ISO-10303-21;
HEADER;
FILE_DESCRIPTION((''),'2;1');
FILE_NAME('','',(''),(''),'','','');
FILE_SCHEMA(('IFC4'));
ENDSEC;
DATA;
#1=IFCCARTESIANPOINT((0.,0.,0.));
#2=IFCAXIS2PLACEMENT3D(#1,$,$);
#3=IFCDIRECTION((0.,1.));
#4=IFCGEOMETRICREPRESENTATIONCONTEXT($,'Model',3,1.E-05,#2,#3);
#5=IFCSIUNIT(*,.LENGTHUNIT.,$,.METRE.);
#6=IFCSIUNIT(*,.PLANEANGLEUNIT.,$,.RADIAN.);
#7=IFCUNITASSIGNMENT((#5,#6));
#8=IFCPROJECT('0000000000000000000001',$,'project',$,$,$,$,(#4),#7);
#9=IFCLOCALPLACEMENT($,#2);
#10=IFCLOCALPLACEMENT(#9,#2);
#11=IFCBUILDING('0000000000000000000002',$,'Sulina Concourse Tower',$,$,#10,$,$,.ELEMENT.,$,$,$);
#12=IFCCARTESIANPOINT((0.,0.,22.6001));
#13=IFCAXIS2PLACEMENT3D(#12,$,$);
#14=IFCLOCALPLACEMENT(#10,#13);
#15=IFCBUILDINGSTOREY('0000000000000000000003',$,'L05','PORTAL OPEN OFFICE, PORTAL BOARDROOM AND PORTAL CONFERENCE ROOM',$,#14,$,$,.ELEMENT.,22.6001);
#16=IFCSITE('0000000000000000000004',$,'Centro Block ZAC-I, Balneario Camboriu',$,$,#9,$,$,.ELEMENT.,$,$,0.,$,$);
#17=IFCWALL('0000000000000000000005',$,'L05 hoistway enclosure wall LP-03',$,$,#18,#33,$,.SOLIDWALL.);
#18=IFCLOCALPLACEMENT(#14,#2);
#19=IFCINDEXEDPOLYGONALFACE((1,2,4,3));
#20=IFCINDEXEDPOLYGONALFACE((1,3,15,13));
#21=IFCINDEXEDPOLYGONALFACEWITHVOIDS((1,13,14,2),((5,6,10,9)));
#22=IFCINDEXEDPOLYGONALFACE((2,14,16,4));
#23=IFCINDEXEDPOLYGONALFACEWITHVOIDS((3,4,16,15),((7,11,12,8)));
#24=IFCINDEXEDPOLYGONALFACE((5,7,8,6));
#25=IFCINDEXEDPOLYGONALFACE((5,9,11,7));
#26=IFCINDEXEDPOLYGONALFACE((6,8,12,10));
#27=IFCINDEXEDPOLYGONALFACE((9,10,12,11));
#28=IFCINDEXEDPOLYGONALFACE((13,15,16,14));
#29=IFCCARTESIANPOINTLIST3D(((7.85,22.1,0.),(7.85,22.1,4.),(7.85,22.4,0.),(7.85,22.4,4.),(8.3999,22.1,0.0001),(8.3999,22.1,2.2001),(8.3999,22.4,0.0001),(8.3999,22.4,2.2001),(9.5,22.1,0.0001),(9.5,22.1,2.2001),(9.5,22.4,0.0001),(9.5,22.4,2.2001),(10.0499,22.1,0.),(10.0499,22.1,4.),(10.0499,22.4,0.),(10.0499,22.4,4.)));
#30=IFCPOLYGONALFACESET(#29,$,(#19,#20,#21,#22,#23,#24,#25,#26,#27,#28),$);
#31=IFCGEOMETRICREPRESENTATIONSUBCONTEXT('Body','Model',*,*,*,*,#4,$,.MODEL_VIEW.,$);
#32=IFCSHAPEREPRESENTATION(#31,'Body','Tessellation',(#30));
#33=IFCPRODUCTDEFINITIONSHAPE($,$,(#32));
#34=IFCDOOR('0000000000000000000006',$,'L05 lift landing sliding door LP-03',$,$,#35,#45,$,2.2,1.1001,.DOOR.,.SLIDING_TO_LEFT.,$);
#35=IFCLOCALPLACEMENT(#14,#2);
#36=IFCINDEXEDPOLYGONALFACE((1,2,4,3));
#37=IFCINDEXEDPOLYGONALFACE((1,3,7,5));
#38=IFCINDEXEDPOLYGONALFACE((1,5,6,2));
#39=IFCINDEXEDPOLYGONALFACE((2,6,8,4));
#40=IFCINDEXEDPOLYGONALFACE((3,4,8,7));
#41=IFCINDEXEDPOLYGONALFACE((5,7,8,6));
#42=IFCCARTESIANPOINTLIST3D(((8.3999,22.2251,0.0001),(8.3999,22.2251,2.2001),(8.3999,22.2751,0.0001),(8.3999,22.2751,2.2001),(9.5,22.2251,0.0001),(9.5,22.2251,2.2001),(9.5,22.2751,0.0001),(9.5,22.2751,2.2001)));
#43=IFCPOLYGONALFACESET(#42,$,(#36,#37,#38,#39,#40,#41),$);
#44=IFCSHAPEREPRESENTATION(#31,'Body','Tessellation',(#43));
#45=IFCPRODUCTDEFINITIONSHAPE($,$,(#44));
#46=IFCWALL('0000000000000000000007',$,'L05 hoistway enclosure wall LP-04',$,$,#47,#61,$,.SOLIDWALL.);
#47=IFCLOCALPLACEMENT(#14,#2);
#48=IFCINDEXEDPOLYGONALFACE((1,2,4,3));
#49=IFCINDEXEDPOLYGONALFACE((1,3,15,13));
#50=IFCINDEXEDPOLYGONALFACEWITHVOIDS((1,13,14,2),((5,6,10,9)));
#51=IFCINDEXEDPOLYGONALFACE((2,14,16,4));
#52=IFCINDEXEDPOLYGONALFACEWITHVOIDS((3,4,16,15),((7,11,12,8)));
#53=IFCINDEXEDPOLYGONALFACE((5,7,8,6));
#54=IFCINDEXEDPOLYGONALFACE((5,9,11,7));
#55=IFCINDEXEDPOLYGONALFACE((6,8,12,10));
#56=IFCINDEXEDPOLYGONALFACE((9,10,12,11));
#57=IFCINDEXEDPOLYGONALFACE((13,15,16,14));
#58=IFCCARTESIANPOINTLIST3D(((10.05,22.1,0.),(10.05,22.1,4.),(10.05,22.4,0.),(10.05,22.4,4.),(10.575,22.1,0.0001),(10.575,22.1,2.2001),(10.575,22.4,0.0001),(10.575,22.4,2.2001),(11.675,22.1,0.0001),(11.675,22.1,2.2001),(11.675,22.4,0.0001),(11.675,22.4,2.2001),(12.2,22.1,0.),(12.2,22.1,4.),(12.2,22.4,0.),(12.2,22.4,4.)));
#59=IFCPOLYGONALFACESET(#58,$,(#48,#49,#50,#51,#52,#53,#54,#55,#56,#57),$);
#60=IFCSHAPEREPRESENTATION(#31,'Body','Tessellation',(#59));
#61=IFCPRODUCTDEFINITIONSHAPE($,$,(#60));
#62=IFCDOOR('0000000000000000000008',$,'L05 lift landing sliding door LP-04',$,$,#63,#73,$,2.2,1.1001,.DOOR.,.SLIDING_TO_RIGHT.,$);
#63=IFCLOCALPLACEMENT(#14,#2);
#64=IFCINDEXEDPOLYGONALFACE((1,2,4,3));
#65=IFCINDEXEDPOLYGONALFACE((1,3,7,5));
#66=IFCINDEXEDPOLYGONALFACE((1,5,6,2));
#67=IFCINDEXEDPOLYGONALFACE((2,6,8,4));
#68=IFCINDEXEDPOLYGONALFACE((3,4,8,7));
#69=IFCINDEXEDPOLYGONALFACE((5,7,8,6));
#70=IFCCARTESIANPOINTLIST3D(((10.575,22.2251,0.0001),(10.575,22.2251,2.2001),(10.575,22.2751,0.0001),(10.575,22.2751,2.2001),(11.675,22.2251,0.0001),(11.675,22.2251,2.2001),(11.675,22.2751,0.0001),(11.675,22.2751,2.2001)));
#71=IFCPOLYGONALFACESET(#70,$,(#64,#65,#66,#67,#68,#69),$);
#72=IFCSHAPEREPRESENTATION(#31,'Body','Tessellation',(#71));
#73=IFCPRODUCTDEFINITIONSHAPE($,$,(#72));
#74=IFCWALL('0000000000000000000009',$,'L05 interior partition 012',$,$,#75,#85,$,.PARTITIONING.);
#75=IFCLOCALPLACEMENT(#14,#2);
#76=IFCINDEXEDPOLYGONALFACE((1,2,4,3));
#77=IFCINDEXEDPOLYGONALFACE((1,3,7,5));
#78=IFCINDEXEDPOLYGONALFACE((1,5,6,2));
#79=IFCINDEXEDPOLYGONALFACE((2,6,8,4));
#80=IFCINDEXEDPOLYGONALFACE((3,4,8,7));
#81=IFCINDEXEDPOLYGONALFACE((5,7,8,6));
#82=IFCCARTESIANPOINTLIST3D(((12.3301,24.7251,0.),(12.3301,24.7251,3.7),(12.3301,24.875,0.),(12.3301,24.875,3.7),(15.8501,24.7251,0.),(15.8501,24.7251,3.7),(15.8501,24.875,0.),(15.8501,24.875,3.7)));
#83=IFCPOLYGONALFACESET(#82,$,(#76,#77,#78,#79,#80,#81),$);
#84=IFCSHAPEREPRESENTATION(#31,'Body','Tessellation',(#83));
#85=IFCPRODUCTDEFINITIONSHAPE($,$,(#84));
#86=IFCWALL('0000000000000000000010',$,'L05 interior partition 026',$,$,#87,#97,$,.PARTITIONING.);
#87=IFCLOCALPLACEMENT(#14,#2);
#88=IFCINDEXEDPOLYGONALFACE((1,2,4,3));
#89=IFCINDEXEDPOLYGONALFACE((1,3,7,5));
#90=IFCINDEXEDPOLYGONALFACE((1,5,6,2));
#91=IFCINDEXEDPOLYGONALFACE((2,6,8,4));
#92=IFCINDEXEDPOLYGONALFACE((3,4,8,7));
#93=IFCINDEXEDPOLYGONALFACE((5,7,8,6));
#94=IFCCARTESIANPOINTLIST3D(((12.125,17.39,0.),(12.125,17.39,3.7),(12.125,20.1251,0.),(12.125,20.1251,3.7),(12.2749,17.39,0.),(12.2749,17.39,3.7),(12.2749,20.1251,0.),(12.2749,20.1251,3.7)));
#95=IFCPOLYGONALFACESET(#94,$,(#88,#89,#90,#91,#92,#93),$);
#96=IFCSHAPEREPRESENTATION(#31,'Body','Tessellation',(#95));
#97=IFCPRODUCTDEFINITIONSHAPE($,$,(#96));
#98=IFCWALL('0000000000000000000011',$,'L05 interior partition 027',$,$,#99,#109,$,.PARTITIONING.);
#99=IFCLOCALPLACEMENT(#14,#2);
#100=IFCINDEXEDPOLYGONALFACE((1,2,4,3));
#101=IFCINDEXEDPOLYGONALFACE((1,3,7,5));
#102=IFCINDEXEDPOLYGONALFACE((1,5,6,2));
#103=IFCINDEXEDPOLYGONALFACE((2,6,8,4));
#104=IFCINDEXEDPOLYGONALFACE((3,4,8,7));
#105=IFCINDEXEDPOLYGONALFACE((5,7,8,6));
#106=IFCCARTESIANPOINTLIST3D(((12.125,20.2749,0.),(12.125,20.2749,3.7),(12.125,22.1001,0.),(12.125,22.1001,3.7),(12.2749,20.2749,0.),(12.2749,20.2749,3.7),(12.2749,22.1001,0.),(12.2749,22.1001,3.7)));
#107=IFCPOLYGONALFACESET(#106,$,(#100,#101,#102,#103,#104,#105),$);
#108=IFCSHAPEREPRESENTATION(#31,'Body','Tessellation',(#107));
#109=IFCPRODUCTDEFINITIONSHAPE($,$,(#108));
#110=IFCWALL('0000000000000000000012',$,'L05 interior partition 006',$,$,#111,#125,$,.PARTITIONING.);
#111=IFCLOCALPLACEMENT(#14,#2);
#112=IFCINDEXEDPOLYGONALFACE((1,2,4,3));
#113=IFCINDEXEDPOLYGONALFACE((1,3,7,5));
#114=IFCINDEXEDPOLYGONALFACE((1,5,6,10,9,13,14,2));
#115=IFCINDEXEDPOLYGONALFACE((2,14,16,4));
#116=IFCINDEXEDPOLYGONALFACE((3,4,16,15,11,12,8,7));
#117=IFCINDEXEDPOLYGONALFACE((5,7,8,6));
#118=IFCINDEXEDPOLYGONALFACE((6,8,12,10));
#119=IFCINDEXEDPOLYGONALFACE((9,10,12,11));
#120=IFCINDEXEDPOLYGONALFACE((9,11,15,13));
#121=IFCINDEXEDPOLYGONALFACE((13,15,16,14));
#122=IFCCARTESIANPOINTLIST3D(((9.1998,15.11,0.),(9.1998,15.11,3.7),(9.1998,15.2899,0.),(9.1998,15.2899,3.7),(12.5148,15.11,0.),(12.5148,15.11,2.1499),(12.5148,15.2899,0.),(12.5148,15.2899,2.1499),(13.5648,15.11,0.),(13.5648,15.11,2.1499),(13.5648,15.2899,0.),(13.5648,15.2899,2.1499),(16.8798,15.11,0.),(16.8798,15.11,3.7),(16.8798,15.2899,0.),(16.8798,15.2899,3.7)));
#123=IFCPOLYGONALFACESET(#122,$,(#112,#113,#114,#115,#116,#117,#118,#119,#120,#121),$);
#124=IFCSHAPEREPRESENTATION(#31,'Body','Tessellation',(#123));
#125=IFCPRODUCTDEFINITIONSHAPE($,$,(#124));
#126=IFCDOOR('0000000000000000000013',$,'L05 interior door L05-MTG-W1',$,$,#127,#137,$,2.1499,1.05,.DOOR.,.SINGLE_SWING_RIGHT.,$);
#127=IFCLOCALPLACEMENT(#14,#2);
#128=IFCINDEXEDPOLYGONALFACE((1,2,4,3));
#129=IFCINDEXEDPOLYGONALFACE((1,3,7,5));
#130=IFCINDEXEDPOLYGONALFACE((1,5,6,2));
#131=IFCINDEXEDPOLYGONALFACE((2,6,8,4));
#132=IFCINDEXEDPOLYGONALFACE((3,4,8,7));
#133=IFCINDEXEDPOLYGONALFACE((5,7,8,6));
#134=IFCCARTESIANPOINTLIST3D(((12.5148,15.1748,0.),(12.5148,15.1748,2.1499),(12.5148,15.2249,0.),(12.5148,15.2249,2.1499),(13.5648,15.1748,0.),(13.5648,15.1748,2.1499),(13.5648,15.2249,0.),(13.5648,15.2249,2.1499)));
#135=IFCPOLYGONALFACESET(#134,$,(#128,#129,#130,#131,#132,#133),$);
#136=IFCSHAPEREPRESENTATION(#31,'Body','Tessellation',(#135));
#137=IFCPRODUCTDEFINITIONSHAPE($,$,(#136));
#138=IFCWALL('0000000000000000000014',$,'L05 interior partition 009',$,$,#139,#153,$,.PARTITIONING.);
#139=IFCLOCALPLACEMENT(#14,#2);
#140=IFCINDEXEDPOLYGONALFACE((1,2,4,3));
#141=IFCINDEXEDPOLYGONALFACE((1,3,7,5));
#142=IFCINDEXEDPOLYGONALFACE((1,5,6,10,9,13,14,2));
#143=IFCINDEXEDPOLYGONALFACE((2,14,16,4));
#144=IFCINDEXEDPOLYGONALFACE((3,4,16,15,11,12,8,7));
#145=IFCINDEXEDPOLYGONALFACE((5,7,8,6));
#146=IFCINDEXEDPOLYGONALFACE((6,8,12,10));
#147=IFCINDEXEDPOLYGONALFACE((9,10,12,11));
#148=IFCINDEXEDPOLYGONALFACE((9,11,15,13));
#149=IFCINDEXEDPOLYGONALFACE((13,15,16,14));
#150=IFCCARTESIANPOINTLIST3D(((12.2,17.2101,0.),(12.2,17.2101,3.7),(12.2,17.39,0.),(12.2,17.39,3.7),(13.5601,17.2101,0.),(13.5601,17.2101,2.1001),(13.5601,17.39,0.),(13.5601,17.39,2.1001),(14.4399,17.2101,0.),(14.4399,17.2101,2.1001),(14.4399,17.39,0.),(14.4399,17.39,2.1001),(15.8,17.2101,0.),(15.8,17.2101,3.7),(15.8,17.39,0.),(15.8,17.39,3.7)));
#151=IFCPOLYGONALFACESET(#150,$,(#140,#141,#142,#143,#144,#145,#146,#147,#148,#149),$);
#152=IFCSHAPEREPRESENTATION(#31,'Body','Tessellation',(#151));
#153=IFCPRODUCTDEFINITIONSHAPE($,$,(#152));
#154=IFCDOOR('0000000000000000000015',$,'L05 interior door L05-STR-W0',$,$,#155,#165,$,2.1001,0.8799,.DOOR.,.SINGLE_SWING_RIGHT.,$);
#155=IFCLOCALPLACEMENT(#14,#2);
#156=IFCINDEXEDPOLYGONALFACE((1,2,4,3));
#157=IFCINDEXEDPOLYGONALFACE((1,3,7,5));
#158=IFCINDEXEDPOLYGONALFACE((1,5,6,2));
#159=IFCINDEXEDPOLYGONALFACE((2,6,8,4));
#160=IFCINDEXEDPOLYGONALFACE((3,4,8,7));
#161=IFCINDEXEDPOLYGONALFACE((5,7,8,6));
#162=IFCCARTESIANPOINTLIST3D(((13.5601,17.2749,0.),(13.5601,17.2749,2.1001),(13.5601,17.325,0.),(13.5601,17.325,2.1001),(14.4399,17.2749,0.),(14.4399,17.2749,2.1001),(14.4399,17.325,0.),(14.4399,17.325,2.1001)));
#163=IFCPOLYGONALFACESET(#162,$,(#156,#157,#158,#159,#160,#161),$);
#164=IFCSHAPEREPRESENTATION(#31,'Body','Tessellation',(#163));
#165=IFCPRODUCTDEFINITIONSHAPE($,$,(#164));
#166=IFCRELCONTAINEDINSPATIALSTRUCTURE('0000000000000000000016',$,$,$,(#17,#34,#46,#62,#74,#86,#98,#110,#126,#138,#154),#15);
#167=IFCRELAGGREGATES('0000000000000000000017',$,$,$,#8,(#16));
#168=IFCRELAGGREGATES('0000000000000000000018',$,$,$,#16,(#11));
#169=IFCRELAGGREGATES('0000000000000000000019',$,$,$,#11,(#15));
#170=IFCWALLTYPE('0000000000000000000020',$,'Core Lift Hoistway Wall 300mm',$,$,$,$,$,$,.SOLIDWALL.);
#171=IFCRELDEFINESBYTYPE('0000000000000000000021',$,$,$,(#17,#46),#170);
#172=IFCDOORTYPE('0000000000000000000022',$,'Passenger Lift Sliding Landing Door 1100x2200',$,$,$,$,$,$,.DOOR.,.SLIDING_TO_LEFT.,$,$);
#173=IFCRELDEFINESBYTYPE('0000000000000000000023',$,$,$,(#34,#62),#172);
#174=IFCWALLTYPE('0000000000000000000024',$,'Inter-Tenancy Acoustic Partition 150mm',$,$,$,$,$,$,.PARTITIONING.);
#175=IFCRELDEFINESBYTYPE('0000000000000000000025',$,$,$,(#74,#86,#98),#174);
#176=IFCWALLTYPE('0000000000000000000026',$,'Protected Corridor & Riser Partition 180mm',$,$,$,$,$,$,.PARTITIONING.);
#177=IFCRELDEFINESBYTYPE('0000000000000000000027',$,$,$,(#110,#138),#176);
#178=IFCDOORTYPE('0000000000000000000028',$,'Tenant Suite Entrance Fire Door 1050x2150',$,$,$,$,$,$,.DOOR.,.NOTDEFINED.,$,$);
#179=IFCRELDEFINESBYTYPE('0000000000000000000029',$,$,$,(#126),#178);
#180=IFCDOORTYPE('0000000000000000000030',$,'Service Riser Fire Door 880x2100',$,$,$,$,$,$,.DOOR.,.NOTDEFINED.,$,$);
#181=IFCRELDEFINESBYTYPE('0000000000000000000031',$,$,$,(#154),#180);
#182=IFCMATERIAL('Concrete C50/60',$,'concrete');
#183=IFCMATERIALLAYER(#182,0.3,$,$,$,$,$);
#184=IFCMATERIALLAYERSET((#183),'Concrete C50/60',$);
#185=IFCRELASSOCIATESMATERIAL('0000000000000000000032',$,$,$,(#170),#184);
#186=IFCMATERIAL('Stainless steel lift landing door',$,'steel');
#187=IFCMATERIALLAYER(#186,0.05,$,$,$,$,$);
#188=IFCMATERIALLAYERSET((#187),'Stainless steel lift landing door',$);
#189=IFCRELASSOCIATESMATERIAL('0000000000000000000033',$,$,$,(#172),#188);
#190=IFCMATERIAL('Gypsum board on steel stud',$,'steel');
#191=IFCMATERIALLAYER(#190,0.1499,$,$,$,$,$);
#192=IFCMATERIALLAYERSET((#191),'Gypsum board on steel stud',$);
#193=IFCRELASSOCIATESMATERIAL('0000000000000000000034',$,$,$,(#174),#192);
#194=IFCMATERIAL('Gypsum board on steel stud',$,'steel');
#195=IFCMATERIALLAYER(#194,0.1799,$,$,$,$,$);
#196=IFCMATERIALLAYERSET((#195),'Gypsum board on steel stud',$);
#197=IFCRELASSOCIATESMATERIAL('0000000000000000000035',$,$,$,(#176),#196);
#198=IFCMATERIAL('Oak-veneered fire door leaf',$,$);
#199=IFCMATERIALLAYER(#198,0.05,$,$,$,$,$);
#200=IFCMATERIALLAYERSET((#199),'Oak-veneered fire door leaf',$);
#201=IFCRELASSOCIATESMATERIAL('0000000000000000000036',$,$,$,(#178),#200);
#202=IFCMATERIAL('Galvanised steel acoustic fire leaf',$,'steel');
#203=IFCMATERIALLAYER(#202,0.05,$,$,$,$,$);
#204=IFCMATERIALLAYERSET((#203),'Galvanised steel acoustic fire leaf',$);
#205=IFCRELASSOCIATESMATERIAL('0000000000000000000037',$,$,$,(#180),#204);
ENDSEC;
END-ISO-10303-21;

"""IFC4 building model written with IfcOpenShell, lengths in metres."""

from ifc_helpers import new_model, si_unit, direction, frame, frame_2d, origin, place, context, subcontext, project, spatial, rectangle, extrude, material, layer, layer_set, type_object, element, fill, save


model = new_model("IFC4")

# Units and contexts
model_context = context("Model", 3, precision=1e-05, world=origin(), true_north=direction((0.0, 1.0)))
body_context = subcontext(model_context, "Body", "Model", "MODEL_VIEW")
ifc_project = project(units=[si_unit("LENGTHUNIT", "METRE"), si_unit("PLANEANGLEUNIT", "RADIAN")], contexts=[model_context])

# Site, building, storey
site_placement = place(None, origin())
site = spatial("IfcSite", under=ifc_project, at=site_placement, Name="Centro Block ZAC-I, Balneario Camboriu", CompositionType="ELEMENT", RefElevation=0.0)
building_placement = place(site_placement, origin())
building = spatial("IfcBuilding", under=site, at=building_placement, Name="Sulina Concourse Tower", CompositionType="ELEMENT")
storey_placement = place(building_placement, frame((0.0, 0.0, 22.6001)))
storey = spatial("IfcBuildingStorey", under=building, at=storey_placement, Name="L05", Description="PORTAL OPEN OFFICE, PORTAL BOARDROOM AND PORTAL CONFERENCE ROOM", CompositionType="ELEMENT", Elevation=22.6001)

# Walls, openings, doors
ifc_material_1 = material(Name="Concrete C50/60", Category="concrete")
ifc_layer_1 = layer(ifc_material_1, 0.3)
ifc_layer_set_1 = layer_set([ifc_layer_1], Name="Concrete C50/60")
wall_type_1 = type_object("IfcWallType", Name="Core Lift Hoistway Wall 300mm", PredefinedType="SOLIDWALL", material=ifc_layer_set_1)
ifc_material_2 = material(Name="Stainless steel lift landing door", Category="steel")
ifc_layer_2 = layer(ifc_material_2, 0.05)
ifc_layer_set_2 = layer_set([ifc_layer_2], Name="Stainless steel lift landing door")
door_type_1 = type_object("IfcDoorType", Name="Passenger Lift Sliding Landing Door 1100x2200", OperationType="SLIDING_TO_LEFT", PredefinedType="DOOR", material=ifc_layer_set_2)
wall_1_placement = place(storey_placement, frame((10.05, 22.25, 0.0), z_axis=(0.0, 0.0, 1.0), x_axis=(-1.0, 0.0, 0.0)))
wall_1 = element("IfcWall", 1, at=wall_1_placement, inside=storey, type_object=wall_type_1, Name="L05 hoistway enclosure wall LP-03", PredefinedType="SOLIDWALL", context=body_context, shape_type="SweptSolid", body=[
    extrude(rectangle(XDim=2.2, YDim=0.3, at=frame_2d((1.1001, 0.0))), origin(), (0.0, 0.0, 1.0), 4.0),
])
opening_1_placement = place(wall_1_placement, frame((0.55, 0.0, 0.0)))
opening_1 = element("IfcOpeningElement", 2, at=opening_1_placement, cuts=wall_1, PredefinedType="OPENING", context=body_context, shape_type="SweptSolid", body=[
    extrude(rectangle(XDim=1.1001, YDim=2.2, at=frame_2d((0.55, 1.1001))), frame((0.0, 0.1599, 0.0), z_axis=(0.0, -1.0, 0.0), x_axis=(1.0, 0.0, 0.0)), (0.0, 0.0, 1.0), 0.3201),
])
door_1_placement = place(opening_1_placement, origin())
door_1 = element("IfcDoor", 3, at=door_1_placement, inside=storey, type_object=door_type_1, Name="L05 lift landing sliding door LP-03", OperationType="SLIDING_TO_LEFT", OverallHeight=2.2, OverallWidth=1.1001, PredefinedType="DOOR", context=body_context, shape_type="SweptSolid", body=[
    extrude(rectangle(XDim=1.1001, YDim=2.2, at=frame_2d((0.55, 1.1001))), frame((0.0, 0.0249, 0.0), z_axis=(0.0, -1.0, 0.0), x_axis=(1.0, 0.0, 0.0)), (0.0, 0.0, 1.0), 0.05),
])
fill(opening_1, door_1)
wall_2_placement = place(storey_placement, frame((12.2, 22.25, 0.0), z_axis=(0.0, 0.0, 1.0), x_axis=(-1.0, 0.0, 0.0)))
wall_2 = element("IfcWall", 4, at=wall_2_placement, inside=storey, type_object=wall_type_1, Name="L05 hoistway enclosure wall LP-04", PredefinedType="SOLIDWALL", context=body_context, shape_type="SweptSolid", body=[
    extrude(rectangle(XDim=2.1499, YDim=0.3, at=frame_2d((1.075, 0.0))), origin(), (0.0, 0.0, 1.0), 4.0),
])
opening_2_placement = place(wall_2_placement, frame((0.5249, 0.0, 0.0)))
opening_2 = element("IfcOpeningElement", 5, at=opening_2_placement, cuts=wall_2, PredefinedType="OPENING", context=body_context, shape_type="SweptSolid", body=[
    extrude(rectangle(XDim=1.1001, YDim=2.2, at=frame_2d((0.55, 1.1001))), frame((0.0, 0.1599, 0.0), z_axis=(0.0, -1.0, 0.0), x_axis=(1.0, 0.0, 0.0)), (0.0, 0.0, 1.0), 0.3201),
])
door_2_placement = place(opening_2_placement, origin())
door_2 = element("IfcDoor", 6, at=door_2_placement, inside=storey, type_object=door_type_1, Name="L05 lift landing sliding door LP-04", OperationType="SLIDING_TO_RIGHT", OverallHeight=2.2, OverallWidth=1.1001, PredefinedType="DOOR", context=body_context, shape_type="SweptSolid", body=[
    extrude(rectangle(XDim=1.1001, YDim=2.2, at=frame_2d((0.55, 1.1001))), frame((0.0, 0.0249, 0.0), z_axis=(0.0, -1.0, 0.0), x_axis=(1.0, 0.0, 0.0)), (0.0, 0.0, 1.0), 0.05),
])
fill(opening_2, door_2)

# Walls
ifc_material_3 = material(Name="Gypsum board on steel stud", Category="steel")
ifc_layer_3 = layer(ifc_material_3, 0.1499)
ifc_layer_set_3 = layer_set([ifc_layer_3], Name="Gypsum board on steel stud")
wall_type_2 = type_object("IfcWallType", Name="Inter-Tenancy Acoustic Partition 150mm", PredefinedType="PARTITIONING", material=ifc_layer_set_3)
wall_3_placement = place(storey_placement, frame((12.3301, 24.8, 0.0), z_axis=(0.0, 0.0, 1.0), x_axis=(1.0, 0.0, 0.0)))
element("IfcWall", 7, at=wall_3_placement, inside=storey, type_object=wall_type_2, Name="L05 interior partition 012", PredefinedType="PARTITIONING", context=body_context, shape_type="SweptSolid", body=[
    extrude(rectangle(XDim=3.52, YDim=0.1499, at=frame_2d((1.76, 0.0))), origin(), (0.0, 0.0, 1.0), 3.7),
])
wall_4_placement = place(storey_placement, frame((12.2, 17.3899, 0.0), z_axis=(0.0, 0.0, 1.0), x_axis=(0.0, 1.0, 0.0)))
element("IfcWall", 8, at=wall_4_placement, inside=storey, type_object=wall_type_2, Name="L05 interior partition 026", PredefinedType="PARTITIONING", context=body_context, shape_type="SweptSolid", body=[
    extrude(rectangle(XDim=2.7351, YDim=0.1499, at=frame_2d((1.3677, 0.0))), origin(), (0.0, 0.0, 1.0), 3.7),
])
wall_5_placement = place(storey_placement, frame((12.2, 20.2749, 0.0), z_axis=(0.0, 0.0, 1.0), x_axis=(0.0, 1.0, 0.0)))
element("IfcWall", 9, at=wall_5_placement, inside=storey, type_object=wall_type_2, Name="L05 interior partition 027", PredefinedType="PARTITIONING", context=body_context, shape_type="SweptSolid", body=[
    extrude(rectangle(XDim=1.8252, YDim=0.1499, at=frame_2d((0.9126, 0.0))), origin(), (0.0, 0.0, 1.0), 3.7),
])

# Walls, openings, doors
ifc_material_4 = material(Name="Gypsum board on steel stud", Category="steel")
ifc_layer_4 = layer(ifc_material_4, 0.1799)
ifc_layer_set_4 = layer_set([ifc_layer_4], Name="Gypsum board on steel stud")
wall_type_3 = type_object("IfcWallType", Name="Protected Corridor & Riser Partition 180mm", PredefinedType="PARTITIONING", material=ifc_layer_set_4)
wall_6_placement = place(storey_placement, frame((9.2, 15.2, 0.0), z_axis=(0.0, 0.0, 1.0), x_axis=(1.0, 0.0, 0.0)))
wall_6 = element("IfcWall", 10, at=wall_6_placement, inside=storey, type_object=wall_type_3, Name="L05 interior partition 006", PredefinedType="PARTITIONING", context=body_context, shape_type="SweptSolid", body=[
    extrude(rectangle(XDim=7.6799, YDim=0.1799, at=frame_2d((3.8398, 0.0))), origin(), (0.0, 0.0, 1.0), 3.7),
])
opening_3_placement = place(wall_6_placement, frame((3.3149, 0.0, 0.0)))
opening_3 = element("IfcOpeningElement", 11, at=opening_3_placement, cuts=wall_6, PredefinedType="OPENING", context=body_context, shape_type="SweptSolid", body=[
    extrude(rectangle(XDim=1.05, YDim=2.1499, at=frame_2d((0.5249, 1.075))), frame((0.0, 0.0999, 0.0), z_axis=(0.0, -1.0, 0.0), x_axis=(1.0, 0.0, 0.0)), (0.0, 0.0, 1.0), 0.2),
])
ifc_material_5 = material(Name="Oak-veneered fire door leaf")
ifc_layer_5 = layer(ifc_material_5, 0.05)
ifc_layer_set_5 = layer_set([ifc_layer_5], Name="Oak-veneered fire door leaf")
door_type_2 = type_object("IfcDoorType", Name="Tenant Suite Entrance Fire Door 1050x2150", OperationType="NOTDEFINED", PredefinedType="DOOR", material=ifc_layer_set_5)
door_3_placement = place(opening_3_placement, origin())
door_3 = element("IfcDoor", 12, at=door_3_placement, inside=storey, type_object=door_type_2, Name="L05 interior door L05-MTG-W1", OperationType="SINGLE_SWING_RIGHT", OverallHeight=2.1499, OverallWidth=1.05, PredefinedType="DOOR", context=body_context, shape_type="SweptSolid", body=[
    extrude(rectangle(XDim=1.05, YDim=2.1499, at=frame_2d((0.5249, 1.075))), frame((0.0, 0.0249, 0.0), z_axis=(0.0, -1.0, 0.0), x_axis=(1.0, 0.0, 0.0)), (0.0, 0.0, 1.0), 0.05),
])
fill(opening_3, door_3)
wall_7_placement = place(storey_placement, frame((12.2, 17.3, 0.0), z_axis=(0.0, 0.0, 1.0), x_axis=(1.0, 0.0, 0.0)))
wall_7 = element("IfcWall", 13, at=wall_7_placement, inside=storey, type_object=wall_type_3, Name="L05 interior partition 009", PredefinedType="PARTITIONING", context=body_context, shape_type="SweptSolid", body=[
    extrude(rectangle(XDim=3.6001, YDim=0.1799, at=frame_2d((1.8, 0.0))), origin(), (0.0, 0.0, 1.0), 3.7),
])
opening_4_placement = place(wall_7_placement, frame((1.3601, 0.0, 0.0)))
opening_4 = element("IfcOpeningElement", 14, at=opening_4_placement, cuts=wall_7, PredefinedType="OPENING", context=body_context, shape_type="SweptSolid", body=[
    extrude(rectangle(XDim=0.8799, YDim=2.1001, at=frame_2d((0.4399, 1.05))), frame((0.0, 0.0999, 0.0), z_axis=(0.0, -1.0, 0.0), x_axis=(1.0, 0.0, 0.0)), (0.0, 0.0, 1.0), 0.2),
])
ifc_material_6 = material(Name="Galvanised steel acoustic fire leaf", Category="steel")
ifc_layer_6 = layer(ifc_material_6, 0.05)
ifc_layer_set_6 = layer_set([ifc_layer_6], Name="Galvanised steel acoustic fire leaf")
door_type_3 = type_object("IfcDoorType", Name="Service Riser Fire Door 880x2100", OperationType="NOTDEFINED", PredefinedType="DOOR", material=ifc_layer_set_6)
door_4_placement = place(opening_4_placement, origin())
door_4 = element("IfcDoor", 15, at=door_4_placement, inside=storey, type_object=door_type_3, Name="L05 interior door L05-STR-W0", OperationType="SINGLE_SWING_RIGHT", OverallHeight=2.1001, OverallWidth=0.8799, PredefinedType="DOOR", context=body_context, shape_type="SweptSolid", body=[
    extrude(rectangle(XDim=0.8799, YDim=2.1001, at=frame_2d((0.4399, 1.05))), frame((0.0, 0.0249, 0.0), z_axis=(0.0, -1.0, 0.0), x_axis=(1.0, 0.0, 0.0)), (0.0, 0.0, 1.0), 0.05),
])
fill(opening_4, door_4)

save(model, "model.ifc")
